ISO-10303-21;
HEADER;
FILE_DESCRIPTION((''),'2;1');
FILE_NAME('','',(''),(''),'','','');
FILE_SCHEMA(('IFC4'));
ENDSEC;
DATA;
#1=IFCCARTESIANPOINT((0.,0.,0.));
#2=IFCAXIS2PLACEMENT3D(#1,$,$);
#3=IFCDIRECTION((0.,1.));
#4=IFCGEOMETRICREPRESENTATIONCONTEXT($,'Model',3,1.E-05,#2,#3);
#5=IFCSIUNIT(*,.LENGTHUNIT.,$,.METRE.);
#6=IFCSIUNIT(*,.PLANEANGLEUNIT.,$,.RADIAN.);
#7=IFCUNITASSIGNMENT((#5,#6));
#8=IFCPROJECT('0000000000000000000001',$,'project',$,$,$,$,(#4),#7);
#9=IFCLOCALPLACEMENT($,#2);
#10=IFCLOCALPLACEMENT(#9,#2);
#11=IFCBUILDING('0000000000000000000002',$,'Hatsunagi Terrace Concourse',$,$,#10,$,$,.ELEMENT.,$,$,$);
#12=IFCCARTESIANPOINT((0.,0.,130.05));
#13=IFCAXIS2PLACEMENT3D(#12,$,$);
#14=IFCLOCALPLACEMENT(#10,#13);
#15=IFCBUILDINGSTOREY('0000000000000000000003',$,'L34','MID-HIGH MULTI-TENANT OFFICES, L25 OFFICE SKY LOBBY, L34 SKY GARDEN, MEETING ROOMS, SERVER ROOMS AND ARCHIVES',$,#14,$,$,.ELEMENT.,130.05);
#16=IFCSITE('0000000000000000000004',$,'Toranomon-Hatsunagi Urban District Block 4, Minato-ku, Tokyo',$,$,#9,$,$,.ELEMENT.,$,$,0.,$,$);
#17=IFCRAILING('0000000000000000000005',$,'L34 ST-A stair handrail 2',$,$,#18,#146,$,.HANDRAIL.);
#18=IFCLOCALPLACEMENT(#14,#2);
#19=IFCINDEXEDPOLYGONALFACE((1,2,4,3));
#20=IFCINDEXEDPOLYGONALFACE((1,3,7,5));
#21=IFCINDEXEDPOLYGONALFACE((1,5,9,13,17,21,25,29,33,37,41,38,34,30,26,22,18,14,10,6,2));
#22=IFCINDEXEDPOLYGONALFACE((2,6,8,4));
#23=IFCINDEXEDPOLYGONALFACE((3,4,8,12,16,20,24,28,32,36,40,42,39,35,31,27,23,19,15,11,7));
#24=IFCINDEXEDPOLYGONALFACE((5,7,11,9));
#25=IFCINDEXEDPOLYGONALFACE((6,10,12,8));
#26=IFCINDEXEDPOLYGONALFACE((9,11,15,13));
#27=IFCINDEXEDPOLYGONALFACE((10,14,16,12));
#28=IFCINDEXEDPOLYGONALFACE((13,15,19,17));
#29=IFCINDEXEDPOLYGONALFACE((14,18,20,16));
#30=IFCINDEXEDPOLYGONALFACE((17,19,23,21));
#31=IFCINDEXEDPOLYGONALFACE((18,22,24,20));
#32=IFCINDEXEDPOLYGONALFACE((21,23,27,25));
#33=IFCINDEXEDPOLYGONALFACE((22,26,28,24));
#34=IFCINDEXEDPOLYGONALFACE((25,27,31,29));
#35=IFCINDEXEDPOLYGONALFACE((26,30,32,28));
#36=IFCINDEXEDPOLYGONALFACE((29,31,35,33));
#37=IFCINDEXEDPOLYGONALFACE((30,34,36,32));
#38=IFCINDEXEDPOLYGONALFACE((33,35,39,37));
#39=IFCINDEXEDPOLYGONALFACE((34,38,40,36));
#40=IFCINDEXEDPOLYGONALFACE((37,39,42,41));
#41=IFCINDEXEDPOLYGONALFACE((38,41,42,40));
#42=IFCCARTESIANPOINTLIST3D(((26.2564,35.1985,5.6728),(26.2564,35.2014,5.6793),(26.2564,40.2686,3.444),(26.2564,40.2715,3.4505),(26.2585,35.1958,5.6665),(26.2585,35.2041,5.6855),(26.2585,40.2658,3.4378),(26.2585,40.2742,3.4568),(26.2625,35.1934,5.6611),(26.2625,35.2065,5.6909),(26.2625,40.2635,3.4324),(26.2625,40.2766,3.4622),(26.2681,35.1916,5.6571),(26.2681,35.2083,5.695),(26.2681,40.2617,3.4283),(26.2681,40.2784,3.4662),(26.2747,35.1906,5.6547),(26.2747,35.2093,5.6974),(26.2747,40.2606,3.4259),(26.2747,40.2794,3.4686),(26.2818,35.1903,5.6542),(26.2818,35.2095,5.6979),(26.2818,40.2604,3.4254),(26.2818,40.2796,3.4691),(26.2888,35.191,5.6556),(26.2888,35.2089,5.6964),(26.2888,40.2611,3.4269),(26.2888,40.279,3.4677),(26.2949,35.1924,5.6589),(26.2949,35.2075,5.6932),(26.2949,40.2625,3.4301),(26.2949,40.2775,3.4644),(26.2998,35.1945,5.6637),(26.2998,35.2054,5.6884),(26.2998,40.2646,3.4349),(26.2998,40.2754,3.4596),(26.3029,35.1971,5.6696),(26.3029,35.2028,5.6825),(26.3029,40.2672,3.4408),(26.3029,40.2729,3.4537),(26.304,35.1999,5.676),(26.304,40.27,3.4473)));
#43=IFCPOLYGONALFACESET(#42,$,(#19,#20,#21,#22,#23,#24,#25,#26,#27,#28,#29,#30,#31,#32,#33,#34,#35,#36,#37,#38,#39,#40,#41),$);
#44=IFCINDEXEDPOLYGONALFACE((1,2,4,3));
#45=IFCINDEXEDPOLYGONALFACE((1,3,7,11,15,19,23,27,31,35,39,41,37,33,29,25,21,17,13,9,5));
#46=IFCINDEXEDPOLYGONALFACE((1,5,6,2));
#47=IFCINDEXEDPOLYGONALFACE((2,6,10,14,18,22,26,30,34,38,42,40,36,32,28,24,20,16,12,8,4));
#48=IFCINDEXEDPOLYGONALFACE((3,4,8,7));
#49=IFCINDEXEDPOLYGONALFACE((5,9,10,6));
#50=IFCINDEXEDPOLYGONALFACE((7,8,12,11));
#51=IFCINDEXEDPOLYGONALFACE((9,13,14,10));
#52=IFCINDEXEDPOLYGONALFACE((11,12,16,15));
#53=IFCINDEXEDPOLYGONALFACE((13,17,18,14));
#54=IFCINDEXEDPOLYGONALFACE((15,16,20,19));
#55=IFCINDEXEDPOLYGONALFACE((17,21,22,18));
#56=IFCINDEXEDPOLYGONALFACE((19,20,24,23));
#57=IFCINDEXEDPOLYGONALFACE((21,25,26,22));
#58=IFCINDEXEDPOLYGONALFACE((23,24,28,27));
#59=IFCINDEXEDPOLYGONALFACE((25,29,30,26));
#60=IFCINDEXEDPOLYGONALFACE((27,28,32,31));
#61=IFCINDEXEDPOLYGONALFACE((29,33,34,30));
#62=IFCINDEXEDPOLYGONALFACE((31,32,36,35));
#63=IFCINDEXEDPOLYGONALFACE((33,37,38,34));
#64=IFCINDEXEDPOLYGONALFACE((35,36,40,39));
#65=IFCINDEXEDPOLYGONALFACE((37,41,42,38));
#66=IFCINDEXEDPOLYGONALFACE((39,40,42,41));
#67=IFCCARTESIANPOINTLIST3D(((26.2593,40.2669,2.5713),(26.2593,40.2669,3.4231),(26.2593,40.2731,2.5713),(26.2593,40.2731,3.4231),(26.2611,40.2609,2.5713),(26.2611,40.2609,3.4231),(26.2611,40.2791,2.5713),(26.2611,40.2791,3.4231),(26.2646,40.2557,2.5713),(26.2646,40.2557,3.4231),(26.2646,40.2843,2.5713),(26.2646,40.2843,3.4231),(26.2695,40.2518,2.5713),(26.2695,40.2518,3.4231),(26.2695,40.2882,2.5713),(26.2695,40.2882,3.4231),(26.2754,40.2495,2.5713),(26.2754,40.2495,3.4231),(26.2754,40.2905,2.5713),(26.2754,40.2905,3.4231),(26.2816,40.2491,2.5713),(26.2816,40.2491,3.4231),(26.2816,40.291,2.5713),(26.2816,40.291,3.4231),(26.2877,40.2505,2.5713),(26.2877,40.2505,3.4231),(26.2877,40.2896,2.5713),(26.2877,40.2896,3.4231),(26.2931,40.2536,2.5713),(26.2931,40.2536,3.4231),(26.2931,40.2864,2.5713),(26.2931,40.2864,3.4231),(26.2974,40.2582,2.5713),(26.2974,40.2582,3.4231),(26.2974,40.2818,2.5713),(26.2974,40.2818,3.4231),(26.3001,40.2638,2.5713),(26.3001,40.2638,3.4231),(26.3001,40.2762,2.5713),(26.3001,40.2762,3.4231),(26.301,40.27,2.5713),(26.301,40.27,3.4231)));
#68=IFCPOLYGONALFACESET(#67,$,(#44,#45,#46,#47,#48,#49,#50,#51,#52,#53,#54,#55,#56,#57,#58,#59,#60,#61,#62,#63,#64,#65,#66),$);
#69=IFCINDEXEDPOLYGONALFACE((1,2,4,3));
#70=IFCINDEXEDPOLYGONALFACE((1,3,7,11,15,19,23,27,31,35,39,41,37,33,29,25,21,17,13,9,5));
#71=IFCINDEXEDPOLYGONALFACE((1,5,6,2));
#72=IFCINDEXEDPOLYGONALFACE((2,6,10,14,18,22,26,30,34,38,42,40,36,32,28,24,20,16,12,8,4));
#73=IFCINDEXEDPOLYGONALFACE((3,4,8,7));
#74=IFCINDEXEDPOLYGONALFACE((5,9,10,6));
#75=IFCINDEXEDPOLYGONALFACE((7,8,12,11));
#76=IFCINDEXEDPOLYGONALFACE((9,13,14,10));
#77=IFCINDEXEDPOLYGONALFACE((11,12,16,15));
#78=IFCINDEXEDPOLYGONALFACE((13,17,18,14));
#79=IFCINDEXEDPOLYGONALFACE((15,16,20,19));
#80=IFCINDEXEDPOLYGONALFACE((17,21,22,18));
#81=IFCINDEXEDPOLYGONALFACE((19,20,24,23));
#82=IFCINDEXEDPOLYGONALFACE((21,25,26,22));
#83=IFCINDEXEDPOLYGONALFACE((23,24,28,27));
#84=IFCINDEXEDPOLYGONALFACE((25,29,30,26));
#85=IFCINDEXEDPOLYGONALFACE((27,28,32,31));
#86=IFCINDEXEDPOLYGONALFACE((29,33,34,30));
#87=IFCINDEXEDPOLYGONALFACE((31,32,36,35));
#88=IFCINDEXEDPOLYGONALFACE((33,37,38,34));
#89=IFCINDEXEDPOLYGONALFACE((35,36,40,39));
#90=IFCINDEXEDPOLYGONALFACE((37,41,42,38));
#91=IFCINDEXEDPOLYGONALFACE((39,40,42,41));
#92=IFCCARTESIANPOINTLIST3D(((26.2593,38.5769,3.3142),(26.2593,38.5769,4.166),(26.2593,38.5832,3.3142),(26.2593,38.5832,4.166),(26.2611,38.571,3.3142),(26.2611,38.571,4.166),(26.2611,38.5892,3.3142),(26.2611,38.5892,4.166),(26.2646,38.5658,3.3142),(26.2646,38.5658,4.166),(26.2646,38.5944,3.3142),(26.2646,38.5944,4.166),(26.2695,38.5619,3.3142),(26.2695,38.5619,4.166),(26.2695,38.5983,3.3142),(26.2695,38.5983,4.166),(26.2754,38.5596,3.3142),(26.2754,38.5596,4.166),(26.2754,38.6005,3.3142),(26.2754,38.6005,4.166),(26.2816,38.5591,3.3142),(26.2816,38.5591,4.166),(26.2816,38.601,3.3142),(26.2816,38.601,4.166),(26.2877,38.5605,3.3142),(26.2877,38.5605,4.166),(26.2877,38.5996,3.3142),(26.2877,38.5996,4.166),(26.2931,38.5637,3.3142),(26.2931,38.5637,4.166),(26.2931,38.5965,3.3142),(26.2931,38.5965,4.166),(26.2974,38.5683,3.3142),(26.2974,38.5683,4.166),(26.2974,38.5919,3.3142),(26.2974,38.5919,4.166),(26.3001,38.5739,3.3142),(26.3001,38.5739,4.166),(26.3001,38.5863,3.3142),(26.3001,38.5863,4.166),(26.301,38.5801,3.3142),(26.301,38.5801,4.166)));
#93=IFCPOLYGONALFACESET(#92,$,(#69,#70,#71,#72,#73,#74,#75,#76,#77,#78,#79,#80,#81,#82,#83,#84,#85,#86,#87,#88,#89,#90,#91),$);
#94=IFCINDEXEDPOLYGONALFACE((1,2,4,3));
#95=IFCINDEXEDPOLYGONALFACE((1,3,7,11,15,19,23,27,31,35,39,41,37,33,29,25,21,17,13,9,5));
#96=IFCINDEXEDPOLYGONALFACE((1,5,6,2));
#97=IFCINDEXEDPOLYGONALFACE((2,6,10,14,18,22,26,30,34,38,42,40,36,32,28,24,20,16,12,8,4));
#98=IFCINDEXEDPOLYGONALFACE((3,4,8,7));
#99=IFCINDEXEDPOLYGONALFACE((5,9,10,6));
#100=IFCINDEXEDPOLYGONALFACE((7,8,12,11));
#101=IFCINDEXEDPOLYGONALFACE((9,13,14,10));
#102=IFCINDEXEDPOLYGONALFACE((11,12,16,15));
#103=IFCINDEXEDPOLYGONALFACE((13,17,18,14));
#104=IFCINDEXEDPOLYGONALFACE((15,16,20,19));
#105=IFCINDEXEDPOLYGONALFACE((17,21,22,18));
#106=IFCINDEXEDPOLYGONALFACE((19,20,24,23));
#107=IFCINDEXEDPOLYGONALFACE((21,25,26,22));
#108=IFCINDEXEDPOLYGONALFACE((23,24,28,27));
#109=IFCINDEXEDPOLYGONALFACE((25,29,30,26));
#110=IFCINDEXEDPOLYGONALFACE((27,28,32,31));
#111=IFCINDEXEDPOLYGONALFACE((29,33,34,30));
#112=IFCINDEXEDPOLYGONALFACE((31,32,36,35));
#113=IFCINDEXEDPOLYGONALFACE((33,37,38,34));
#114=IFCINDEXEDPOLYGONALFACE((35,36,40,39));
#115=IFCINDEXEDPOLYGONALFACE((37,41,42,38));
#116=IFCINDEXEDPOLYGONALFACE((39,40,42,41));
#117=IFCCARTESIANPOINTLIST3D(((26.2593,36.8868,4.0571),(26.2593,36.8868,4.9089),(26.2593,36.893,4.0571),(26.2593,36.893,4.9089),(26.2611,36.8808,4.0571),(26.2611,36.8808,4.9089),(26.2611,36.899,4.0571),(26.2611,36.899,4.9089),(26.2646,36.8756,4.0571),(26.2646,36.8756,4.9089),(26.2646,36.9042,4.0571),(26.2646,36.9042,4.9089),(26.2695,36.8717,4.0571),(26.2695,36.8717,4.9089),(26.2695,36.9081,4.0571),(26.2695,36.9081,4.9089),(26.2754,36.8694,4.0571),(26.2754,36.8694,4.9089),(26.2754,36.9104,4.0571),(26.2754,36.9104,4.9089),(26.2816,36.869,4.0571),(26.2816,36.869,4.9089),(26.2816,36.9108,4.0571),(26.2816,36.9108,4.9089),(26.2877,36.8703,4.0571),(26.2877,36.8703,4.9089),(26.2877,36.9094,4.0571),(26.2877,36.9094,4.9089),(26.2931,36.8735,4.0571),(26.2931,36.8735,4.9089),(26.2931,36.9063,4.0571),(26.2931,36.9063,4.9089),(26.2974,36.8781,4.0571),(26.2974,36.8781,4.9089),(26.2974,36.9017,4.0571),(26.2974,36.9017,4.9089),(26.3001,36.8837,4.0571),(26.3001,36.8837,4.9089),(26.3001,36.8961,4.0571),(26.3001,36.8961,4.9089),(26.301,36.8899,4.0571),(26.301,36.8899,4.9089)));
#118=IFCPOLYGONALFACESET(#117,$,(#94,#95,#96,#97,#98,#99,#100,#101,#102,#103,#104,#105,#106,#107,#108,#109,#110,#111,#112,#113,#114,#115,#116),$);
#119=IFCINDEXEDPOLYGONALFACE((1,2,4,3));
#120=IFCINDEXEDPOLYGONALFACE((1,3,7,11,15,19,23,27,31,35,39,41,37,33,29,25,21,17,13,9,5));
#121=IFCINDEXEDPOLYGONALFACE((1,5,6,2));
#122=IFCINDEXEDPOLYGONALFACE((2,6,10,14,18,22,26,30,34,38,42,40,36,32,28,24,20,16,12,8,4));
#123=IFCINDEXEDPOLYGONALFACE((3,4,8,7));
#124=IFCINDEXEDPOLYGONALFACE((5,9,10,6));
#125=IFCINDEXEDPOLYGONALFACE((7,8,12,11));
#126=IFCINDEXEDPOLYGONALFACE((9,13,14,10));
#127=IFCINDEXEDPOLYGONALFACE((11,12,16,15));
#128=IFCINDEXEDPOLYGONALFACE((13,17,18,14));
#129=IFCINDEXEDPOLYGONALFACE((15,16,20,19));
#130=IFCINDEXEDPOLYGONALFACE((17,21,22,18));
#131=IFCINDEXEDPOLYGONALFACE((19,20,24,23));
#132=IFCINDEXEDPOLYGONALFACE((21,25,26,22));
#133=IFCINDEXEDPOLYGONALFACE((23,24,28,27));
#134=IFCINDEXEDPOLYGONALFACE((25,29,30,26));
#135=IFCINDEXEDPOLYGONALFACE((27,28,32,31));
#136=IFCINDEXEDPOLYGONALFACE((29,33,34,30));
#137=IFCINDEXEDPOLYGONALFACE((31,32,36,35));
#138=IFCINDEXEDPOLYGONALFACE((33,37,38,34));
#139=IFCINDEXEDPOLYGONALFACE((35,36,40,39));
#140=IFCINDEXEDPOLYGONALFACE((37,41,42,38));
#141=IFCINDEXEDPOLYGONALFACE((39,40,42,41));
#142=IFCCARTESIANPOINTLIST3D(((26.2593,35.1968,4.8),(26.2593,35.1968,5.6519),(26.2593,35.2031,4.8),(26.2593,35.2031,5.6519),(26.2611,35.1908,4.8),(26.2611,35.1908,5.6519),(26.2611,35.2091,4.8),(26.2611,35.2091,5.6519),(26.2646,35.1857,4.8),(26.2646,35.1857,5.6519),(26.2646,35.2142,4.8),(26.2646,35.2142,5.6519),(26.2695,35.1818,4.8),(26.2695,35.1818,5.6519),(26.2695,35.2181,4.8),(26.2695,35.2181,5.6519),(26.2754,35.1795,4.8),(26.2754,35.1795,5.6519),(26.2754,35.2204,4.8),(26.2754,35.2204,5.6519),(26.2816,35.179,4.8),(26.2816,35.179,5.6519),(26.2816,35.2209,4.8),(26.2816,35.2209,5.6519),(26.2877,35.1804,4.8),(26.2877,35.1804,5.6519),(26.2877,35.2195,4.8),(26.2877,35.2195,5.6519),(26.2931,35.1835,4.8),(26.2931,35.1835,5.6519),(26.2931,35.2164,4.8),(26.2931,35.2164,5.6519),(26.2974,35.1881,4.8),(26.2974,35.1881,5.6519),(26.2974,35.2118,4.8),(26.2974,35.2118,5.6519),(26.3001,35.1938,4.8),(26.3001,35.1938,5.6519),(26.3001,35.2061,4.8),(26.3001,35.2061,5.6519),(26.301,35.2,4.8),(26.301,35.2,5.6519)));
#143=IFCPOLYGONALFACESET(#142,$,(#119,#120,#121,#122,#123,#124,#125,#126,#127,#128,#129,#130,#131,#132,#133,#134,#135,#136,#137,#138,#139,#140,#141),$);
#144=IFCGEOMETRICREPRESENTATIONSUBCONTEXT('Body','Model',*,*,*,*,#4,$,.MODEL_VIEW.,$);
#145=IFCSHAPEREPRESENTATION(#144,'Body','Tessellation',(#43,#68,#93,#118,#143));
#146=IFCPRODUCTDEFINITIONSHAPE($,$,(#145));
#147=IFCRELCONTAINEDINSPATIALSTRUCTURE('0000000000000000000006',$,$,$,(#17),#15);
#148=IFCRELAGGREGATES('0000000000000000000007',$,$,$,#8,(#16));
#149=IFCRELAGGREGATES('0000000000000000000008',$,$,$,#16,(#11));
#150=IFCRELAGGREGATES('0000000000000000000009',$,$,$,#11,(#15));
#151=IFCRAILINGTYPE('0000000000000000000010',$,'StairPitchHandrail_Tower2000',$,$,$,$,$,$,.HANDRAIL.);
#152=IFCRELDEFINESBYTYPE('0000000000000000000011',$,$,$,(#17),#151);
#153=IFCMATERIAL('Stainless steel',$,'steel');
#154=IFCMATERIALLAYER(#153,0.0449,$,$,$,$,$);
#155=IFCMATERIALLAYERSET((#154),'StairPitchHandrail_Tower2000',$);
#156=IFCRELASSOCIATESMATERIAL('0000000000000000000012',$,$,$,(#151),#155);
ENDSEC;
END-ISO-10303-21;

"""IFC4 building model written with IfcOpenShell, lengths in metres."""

from ifc_helpers import new_model, si_unit, direction, frame, origin, origin_2d, place, context, subcontext, project, spatial, circle, extrude, material, layer, layer_set, type_object, element, save


model = new_model("IFC4")

# Units and contexts
model_context = context("Model", 3, precision=1e-05, world=origin(), true_north=direction((0.0, 1.0)))
body_context = subcontext(model_context, "Body", "Model", "MODEL_VIEW")
ifc_project = project(units=[si_unit("LENGTHUNIT", "METRE"), si_unit("PLANEANGLEUNIT", "RADIAN")], contexts=[model_context])

# Site, building, storey
site_placement = place(None, origin())
site = spatial("IfcSite", under=ifc_project, at=site_placement, Name="Toranomon-Hatsunagi Urban District Block 4, Minato-ku, Tokyo", CompositionType="ELEMENT", RefElevation=0.0)
building_placement = place(site_placement, origin())
building = spatial("IfcBuilding", under=site, at=building_placement, Name="Hatsunagi Terrace Concourse", CompositionType="ELEMENT")
storey_placement = place(building_placement, frame((0.0, 0.0, 130.05)))
storey = spatial("IfcBuildingStorey", under=building, at=storey_placement, Name="L34", Description="MID-HIGH MULTI-TENANT OFFICES, L25 OFFICE SKY LOBBY, L34 SKY GARDEN, MEETING ROOMS, SERVER ROOMS AND ARCHIVES", CompositionType="ELEMENT", Elevation=130.05)

# Railing
ifc_material_1 = material(Name="Stainless steel", Category="steel")
ifc_layer_1 = layer(ifc_material_1, 0.0449)
ifc_layer_set_1 = layer_set([ifc_layer_1], Name="StairPitchHandrail_Tower2000")
railing_type_1 = type_object("IfcRailingType", Name="StairPitchHandrail_Tower2000", PredefinedType="HANDRAIL", material=ifc_layer_set_1)
railing_1_placement = place(storey_placement, frame((26.28, 40.27, 2.5713)))
element("IfcRailing", 1, at=railing_1_placement, inside=storey, type_object=railing_type_1, Name="L34 ST-A stair handrail 2", PredefinedType="HANDRAIL", context=body_context, shape_type="SweptSolid", body=[
    extrude(circle(Radius=0.0239, at=origin_2d()), frame((0.0, 0.0, 0.876), z_axis=(0.0, -0.915453, 0.402425), x_axis=(1.0, 0.0, 0.0)), (0.0, 0.0, 1.0), 5.5383),
    extrude(circle(Radius=0.021, at=origin_2d()), origin(), (0.0, 0.0, 1.0), 0.8518),
    extrude(circle(Radius=0.021, at=origin_2d()), frame((0.0, -1.6899, 0.7429)), (0.0, 0.0, 1.0), 0.8518),
    extrude(circle(Radius=0.021, at=origin_2d()), frame((0.0, -3.3801, 1.4858)), (0.0, 0.0, 1.0), 0.8518),
    extrude(circle(Radius=0.021, at=origin_2d()), frame((0.0, -5.0701, 2.2288)), (0.0, 0.0, 1.0), 0.8518),
])

save(model, "model.ifc")
